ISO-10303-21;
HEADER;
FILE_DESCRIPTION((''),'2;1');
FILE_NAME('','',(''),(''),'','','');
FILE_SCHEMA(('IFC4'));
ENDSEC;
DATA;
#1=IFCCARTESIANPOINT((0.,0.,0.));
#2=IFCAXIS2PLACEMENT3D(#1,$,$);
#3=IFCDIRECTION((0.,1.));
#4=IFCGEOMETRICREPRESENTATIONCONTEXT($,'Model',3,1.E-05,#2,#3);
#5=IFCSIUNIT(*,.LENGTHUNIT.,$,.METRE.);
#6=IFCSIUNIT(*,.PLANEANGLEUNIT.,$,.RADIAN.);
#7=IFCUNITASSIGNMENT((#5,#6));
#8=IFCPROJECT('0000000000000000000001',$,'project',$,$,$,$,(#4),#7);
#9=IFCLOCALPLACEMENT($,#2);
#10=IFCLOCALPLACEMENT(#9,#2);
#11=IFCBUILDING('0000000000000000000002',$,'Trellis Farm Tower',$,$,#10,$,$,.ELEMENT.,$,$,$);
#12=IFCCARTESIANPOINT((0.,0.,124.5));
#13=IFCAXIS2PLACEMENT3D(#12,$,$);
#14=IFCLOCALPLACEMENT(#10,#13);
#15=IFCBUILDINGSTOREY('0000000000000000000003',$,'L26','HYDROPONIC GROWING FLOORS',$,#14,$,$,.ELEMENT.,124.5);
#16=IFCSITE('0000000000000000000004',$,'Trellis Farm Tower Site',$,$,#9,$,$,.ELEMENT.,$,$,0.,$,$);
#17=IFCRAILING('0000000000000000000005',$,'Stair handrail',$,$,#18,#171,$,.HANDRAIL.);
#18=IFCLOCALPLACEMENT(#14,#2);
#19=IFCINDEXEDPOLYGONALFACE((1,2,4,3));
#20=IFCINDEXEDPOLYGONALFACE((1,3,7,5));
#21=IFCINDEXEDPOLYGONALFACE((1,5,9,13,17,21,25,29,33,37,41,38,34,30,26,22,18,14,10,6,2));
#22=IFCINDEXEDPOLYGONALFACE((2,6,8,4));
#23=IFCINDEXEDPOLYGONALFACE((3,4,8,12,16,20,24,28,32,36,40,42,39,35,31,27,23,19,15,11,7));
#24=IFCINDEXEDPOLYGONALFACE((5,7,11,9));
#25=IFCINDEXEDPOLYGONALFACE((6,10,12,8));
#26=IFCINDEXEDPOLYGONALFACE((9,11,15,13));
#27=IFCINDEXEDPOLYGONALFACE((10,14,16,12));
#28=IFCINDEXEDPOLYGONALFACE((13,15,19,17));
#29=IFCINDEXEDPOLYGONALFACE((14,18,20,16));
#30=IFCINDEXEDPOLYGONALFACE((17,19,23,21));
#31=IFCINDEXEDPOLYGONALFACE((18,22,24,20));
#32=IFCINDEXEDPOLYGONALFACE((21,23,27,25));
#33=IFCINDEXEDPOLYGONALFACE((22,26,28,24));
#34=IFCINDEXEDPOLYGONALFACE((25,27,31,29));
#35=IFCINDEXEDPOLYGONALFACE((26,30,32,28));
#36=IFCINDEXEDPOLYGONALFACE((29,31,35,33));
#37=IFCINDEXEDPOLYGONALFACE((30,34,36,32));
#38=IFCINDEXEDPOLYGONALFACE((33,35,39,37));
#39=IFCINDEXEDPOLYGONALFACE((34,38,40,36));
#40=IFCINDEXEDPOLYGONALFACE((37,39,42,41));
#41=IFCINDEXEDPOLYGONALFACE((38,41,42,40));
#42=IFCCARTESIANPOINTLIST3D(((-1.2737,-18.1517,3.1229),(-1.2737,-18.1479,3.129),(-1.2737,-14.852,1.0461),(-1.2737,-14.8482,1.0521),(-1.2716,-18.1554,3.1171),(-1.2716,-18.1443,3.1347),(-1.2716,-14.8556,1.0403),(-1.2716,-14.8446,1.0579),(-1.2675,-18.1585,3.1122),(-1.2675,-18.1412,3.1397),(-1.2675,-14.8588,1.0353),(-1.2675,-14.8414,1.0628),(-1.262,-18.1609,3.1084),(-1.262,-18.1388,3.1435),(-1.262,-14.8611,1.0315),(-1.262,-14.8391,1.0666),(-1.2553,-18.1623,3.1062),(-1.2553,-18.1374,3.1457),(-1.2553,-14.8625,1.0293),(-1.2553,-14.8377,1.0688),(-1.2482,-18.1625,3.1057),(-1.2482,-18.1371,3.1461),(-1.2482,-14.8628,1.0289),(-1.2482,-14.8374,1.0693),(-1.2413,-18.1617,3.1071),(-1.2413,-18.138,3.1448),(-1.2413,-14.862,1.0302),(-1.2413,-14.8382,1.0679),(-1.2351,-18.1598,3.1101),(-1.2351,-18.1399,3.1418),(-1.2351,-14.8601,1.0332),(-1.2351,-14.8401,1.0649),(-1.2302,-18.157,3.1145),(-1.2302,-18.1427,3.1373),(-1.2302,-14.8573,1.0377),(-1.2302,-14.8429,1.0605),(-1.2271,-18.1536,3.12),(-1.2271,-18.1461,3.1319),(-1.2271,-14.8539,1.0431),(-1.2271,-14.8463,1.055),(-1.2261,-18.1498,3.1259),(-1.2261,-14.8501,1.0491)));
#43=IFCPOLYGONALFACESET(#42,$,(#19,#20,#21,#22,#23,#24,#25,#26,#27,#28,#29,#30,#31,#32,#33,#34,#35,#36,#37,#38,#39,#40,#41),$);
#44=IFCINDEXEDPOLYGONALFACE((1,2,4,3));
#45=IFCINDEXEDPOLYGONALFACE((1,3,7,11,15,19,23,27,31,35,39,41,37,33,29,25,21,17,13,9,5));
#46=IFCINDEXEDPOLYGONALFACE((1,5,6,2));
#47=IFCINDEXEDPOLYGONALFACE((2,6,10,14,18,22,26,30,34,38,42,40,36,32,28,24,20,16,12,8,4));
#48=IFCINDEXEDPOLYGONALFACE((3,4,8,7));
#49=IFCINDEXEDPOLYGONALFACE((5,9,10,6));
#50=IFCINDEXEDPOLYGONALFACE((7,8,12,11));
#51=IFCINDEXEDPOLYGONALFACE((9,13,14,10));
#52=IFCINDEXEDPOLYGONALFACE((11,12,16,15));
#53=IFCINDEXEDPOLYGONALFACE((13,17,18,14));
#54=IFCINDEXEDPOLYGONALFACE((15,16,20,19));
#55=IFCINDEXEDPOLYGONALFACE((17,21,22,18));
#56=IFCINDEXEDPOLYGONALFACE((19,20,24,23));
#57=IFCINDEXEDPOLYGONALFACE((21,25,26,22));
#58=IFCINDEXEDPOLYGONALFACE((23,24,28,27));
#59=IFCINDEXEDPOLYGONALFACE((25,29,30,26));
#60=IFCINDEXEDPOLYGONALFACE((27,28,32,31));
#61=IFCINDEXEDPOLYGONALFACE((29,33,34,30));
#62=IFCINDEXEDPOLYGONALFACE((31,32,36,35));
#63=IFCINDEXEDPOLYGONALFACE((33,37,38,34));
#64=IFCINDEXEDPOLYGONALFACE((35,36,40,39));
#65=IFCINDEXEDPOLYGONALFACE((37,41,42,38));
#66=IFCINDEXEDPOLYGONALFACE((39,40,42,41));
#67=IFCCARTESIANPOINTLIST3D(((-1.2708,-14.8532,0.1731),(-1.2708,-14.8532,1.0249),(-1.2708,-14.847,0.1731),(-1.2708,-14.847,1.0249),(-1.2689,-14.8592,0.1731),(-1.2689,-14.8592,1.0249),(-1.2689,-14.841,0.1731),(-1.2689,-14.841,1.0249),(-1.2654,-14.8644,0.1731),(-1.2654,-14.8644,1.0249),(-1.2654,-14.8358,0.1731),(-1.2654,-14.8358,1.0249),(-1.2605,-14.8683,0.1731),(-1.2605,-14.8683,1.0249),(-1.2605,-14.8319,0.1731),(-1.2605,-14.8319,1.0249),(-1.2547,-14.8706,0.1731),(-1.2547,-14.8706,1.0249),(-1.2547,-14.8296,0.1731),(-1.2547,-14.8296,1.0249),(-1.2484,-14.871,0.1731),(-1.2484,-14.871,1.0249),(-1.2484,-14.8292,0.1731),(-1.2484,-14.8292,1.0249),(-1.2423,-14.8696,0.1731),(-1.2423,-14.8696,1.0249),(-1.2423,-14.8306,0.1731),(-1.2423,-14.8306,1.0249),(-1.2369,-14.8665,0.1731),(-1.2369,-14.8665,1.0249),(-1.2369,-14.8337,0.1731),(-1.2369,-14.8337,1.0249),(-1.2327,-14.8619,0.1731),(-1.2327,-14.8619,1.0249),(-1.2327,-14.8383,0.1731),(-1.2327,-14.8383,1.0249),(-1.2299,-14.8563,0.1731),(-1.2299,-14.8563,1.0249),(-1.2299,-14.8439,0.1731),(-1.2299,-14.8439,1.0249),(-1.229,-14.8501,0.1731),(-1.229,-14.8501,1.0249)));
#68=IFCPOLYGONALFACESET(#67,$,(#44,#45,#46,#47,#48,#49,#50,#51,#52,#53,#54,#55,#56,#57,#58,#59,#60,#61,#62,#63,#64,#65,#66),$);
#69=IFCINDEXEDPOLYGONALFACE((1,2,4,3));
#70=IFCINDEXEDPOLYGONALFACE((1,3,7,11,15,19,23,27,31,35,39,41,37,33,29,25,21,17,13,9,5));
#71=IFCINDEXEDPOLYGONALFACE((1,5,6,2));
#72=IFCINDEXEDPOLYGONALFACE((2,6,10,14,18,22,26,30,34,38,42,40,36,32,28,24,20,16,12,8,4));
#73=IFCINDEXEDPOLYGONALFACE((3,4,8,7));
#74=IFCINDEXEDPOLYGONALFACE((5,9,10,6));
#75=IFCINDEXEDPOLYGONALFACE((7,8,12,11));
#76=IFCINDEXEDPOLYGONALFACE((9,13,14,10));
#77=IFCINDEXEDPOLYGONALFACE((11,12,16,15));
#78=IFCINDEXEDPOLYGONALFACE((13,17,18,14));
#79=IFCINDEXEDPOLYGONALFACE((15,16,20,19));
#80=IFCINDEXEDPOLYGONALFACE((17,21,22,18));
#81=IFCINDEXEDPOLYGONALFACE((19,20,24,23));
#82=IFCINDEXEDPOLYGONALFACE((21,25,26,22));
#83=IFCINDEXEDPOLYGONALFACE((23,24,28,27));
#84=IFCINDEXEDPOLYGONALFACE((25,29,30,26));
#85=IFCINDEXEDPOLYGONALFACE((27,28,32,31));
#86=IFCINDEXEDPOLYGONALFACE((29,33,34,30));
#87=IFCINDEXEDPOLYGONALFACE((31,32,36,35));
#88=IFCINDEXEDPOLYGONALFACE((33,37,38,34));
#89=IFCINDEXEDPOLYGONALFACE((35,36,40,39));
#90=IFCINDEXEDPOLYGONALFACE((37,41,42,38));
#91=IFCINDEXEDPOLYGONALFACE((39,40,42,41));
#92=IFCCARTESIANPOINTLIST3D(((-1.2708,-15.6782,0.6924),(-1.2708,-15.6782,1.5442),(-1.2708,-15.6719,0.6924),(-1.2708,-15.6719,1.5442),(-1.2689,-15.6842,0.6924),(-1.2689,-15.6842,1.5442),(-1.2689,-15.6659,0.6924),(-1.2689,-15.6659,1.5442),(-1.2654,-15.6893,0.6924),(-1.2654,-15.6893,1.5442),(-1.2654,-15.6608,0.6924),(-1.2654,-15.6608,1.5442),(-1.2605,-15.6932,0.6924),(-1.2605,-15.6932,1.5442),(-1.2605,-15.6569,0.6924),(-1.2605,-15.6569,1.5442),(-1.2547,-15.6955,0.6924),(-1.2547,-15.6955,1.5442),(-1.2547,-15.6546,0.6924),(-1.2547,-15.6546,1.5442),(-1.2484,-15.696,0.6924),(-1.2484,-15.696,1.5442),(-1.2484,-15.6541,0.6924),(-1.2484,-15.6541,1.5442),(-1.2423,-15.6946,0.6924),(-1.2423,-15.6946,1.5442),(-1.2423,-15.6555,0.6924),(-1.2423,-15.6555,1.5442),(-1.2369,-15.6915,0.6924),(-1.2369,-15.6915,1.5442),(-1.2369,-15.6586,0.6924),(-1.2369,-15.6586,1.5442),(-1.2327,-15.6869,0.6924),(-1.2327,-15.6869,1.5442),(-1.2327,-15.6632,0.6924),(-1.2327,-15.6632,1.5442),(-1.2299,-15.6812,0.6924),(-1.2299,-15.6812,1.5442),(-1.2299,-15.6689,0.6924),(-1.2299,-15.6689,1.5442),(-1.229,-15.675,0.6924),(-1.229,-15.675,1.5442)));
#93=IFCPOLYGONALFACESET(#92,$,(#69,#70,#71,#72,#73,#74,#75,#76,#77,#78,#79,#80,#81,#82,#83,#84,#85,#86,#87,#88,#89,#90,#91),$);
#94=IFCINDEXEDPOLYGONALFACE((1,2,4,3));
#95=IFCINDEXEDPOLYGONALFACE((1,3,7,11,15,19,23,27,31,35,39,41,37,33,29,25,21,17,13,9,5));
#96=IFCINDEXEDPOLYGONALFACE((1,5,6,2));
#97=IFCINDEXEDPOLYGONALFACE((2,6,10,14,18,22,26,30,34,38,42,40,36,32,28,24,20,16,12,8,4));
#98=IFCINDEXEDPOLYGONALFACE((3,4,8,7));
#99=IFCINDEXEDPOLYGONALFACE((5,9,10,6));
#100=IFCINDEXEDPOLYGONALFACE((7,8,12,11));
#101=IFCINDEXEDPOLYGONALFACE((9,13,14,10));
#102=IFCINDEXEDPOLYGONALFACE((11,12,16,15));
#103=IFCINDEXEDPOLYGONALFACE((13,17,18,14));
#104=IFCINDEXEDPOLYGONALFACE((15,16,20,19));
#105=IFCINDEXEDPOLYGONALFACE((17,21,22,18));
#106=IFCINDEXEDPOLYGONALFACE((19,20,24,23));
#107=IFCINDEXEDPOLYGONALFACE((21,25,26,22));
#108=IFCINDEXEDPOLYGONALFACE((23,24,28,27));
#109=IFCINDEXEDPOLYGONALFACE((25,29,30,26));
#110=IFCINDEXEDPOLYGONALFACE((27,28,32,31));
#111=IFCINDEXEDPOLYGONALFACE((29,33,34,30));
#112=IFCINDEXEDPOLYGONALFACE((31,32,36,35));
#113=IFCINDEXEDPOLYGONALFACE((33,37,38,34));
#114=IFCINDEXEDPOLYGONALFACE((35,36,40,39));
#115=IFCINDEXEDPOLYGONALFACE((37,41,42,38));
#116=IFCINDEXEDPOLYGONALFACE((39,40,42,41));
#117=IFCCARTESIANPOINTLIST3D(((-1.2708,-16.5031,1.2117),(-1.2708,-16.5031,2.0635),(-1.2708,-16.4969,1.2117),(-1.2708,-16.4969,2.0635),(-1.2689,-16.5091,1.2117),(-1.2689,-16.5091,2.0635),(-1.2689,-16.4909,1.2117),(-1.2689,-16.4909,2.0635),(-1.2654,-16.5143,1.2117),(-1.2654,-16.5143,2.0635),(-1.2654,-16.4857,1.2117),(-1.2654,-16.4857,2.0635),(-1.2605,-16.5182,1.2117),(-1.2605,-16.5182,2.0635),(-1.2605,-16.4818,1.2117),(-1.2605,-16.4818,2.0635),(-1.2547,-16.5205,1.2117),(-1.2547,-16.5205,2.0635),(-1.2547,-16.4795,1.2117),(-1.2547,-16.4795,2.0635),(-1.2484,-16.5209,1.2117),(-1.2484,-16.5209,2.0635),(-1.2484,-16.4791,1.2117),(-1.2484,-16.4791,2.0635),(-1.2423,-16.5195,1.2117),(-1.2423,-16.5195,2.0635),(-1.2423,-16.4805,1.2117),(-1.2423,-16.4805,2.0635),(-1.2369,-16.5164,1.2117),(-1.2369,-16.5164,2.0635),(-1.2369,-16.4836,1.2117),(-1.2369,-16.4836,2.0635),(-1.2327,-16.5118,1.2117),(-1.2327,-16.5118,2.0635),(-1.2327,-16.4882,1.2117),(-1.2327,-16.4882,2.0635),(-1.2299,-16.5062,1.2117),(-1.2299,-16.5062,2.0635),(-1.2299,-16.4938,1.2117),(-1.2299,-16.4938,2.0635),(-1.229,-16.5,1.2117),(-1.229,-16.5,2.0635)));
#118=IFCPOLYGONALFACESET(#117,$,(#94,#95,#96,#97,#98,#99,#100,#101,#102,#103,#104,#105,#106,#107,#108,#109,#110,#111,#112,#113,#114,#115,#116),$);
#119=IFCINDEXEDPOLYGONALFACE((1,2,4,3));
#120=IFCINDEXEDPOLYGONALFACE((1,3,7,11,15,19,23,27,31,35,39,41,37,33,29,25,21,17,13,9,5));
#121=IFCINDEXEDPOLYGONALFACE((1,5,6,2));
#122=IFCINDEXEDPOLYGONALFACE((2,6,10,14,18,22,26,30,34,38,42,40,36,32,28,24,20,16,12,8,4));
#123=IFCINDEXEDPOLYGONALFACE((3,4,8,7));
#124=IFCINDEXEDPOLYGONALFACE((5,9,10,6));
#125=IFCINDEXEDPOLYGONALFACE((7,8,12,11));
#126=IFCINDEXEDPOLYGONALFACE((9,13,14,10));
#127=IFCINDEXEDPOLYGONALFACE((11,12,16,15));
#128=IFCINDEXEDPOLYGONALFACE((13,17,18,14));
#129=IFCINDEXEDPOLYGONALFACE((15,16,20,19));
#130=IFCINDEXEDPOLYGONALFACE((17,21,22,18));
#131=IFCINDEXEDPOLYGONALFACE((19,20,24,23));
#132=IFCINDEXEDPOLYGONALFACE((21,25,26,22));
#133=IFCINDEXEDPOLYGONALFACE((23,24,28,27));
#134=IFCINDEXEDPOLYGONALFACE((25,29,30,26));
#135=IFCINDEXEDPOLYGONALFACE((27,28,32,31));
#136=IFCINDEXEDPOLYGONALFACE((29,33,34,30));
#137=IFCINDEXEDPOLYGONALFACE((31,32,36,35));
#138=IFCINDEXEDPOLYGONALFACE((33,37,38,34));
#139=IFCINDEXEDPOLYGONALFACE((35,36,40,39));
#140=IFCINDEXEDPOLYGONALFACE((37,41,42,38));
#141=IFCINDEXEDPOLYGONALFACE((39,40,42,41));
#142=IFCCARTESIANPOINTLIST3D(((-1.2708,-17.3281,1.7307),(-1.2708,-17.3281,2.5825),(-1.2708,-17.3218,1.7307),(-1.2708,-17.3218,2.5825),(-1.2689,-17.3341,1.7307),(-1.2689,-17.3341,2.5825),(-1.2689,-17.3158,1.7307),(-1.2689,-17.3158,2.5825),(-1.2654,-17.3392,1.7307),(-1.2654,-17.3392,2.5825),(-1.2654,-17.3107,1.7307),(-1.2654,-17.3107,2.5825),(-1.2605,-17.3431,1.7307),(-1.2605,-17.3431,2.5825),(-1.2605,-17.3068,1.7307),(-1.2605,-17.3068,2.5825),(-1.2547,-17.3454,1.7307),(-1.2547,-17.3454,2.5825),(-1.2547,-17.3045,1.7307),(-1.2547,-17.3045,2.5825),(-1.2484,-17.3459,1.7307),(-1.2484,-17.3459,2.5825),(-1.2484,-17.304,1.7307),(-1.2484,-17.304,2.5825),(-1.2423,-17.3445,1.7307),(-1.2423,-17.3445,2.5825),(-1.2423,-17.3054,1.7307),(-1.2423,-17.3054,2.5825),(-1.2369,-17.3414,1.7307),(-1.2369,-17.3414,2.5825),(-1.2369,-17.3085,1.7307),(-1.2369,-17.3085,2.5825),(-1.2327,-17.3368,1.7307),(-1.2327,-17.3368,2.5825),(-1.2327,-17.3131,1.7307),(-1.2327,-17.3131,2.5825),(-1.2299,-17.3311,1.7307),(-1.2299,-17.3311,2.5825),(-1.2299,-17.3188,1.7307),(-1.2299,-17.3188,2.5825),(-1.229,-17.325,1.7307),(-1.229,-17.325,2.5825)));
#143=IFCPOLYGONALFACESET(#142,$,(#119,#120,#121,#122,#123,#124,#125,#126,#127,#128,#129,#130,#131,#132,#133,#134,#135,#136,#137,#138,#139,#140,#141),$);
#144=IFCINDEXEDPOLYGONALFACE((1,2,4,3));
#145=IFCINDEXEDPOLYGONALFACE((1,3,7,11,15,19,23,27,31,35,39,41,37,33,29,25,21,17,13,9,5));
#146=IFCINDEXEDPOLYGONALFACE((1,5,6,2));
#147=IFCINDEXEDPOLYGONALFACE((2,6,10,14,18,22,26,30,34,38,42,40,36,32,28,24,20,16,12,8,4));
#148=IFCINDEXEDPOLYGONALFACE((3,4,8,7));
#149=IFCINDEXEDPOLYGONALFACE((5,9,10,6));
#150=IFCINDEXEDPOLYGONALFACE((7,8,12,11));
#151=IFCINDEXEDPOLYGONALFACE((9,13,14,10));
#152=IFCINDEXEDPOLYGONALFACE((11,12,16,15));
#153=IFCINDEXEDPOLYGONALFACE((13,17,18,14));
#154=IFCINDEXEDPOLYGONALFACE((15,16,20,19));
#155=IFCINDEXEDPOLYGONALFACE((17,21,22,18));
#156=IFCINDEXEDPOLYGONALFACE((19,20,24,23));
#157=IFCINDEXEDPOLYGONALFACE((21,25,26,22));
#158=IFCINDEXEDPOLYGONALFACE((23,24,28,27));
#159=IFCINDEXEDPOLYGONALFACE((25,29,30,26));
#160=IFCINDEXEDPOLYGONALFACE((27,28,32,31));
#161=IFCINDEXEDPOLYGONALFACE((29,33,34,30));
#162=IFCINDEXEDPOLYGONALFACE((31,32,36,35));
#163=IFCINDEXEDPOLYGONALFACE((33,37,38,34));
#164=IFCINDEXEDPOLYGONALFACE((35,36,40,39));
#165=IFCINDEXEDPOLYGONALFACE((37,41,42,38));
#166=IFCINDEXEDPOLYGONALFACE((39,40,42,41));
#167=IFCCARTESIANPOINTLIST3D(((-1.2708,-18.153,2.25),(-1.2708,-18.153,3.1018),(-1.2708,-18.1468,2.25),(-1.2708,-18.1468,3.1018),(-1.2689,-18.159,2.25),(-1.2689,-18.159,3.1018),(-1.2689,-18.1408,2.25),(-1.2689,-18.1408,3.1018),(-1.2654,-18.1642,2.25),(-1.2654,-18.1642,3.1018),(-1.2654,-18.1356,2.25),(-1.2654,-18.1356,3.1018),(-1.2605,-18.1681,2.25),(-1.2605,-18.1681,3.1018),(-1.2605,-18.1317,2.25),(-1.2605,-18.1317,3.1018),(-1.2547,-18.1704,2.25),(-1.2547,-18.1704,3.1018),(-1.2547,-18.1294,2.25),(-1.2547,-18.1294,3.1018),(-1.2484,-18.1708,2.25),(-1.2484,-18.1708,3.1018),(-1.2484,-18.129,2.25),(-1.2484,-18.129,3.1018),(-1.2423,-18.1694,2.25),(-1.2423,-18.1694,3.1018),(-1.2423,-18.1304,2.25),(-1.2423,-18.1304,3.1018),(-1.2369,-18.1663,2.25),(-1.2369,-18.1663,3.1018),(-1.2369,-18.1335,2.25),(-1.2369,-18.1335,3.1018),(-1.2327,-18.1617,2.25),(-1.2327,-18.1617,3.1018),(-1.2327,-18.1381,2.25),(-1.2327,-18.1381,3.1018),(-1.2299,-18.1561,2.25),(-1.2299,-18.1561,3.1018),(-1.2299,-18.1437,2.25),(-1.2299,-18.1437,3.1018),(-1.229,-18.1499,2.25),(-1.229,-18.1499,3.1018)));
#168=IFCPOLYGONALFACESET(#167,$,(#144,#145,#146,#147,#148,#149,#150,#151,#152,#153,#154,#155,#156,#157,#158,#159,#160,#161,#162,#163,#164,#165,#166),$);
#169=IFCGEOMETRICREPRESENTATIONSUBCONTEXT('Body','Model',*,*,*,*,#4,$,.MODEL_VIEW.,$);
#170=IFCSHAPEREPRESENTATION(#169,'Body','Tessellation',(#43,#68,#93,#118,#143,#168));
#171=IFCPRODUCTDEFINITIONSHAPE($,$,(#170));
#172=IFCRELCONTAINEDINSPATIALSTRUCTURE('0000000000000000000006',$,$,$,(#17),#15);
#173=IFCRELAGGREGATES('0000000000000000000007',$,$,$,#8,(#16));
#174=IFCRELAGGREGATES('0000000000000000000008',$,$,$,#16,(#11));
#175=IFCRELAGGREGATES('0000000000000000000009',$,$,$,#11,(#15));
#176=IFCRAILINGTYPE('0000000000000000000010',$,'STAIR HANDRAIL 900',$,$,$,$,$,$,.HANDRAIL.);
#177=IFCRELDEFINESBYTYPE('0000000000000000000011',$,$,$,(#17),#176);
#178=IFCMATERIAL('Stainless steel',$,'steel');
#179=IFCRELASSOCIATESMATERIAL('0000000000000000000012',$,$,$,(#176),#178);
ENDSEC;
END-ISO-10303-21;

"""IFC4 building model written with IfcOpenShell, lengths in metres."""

from ifc_helpers import new_model, si_unit, direction, frame, origin, origin_2d, place, context, subcontext, project, spatial, circle, extrude, source, transform, mapped, material, type_object, element, save


model = new_model("IFC4")

# Units and contexts
model_context = context("Model", 3, precision=1e-05, world=origin(), true_north=direction((0.0, 1.0)))
body_context = subcontext(model_context, "Body", "Model", "MODEL_VIEW")
ifc_project = project(units=[si_unit("LENGTHUNIT", "METRE"), si_unit("PLANEANGLEUNIT", "RADIAN")], contexts=[model_context])

# Site, building, storey
site_placement = place(None, origin())
site = spatial("IfcSite", under=ifc_project, at=site_placement, Name="Trellis Farm Tower Site", CompositionType="ELEMENT", RefElevation=0.0)
building_placement = place(site_placement, origin())
building = spatial("IfcBuilding", under=site, at=building_placement, Name="Trellis Farm Tower", CompositionType="ELEMENT")
storey_placement = place(building_placement, frame((0.0, 0.0, 124.5)))
storey = spatial("IfcBuildingStorey", under=building, at=storey_placement, Name="L26", Description="HYDROPONIC GROWING FLOORS", CompositionType="ELEMENT", Elevation=124.5)

# Railing
ifc_material_1 = material(Name="Stainless steel", Category="steel")
railing_type = type_object("IfcRailingType", Name="STAIR HANDRAIL 900", PredefinedType="HANDRAIL", material=ifc_material_1)
shared_shape_1 = source(origin(), body_context, "Body", "SweptSolid", [
    extrude(circle(Radius=0.0239, at=origin_2d()), frame((0.0, 0.0, 0.876), z_axis=(0.0, -0.84632, 0.532675), x_axis=(1.0, 0.0, 0.0)), (0.0, 0.0, 1.0), 3.8989),
    extrude(circle(Radius=0.021, at=origin_2d()), origin(), (0.0, 0.0, 1.0), 0.8518),
    extrude(circle(Radius=0.021, at=origin_2d()), frame((0.0, -0.825, 0.5193)), (0.0, 0.0, 1.0), 0.8518),
    extrude(circle(Radius=0.021, at=origin_2d()), frame((0.0, -1.6499, 1.0386)), (0.0, 0.0, 1.0), 0.8518),
    extrude(circle(Radius=0.021, at=origin_2d()), frame((0.0, -2.4749, 1.5576)), (0.0, 0.0, 1.0), 0.8518),
    extrude(circle(Radius=0.021, at=origin_2d()), frame((0.0, -3.2998, 2.0769)), (0.0, 0.0, 1.0), 0.8518),
])
railing_placement = place(storey_placement, frame((-1.25, -14.8501, 0.1731)))
element("IfcRailing", 1, at=railing_placement, inside=storey, type_object=railing_type, Name="Stair handrail", PredefinedType="HANDRAIL", context=body_context, shape_type="MappedRepresentation", body=[
    mapped(shared_shape_1, transform((0.0, 0.0, 0.0))),
])

save(model, "model.ifc")
